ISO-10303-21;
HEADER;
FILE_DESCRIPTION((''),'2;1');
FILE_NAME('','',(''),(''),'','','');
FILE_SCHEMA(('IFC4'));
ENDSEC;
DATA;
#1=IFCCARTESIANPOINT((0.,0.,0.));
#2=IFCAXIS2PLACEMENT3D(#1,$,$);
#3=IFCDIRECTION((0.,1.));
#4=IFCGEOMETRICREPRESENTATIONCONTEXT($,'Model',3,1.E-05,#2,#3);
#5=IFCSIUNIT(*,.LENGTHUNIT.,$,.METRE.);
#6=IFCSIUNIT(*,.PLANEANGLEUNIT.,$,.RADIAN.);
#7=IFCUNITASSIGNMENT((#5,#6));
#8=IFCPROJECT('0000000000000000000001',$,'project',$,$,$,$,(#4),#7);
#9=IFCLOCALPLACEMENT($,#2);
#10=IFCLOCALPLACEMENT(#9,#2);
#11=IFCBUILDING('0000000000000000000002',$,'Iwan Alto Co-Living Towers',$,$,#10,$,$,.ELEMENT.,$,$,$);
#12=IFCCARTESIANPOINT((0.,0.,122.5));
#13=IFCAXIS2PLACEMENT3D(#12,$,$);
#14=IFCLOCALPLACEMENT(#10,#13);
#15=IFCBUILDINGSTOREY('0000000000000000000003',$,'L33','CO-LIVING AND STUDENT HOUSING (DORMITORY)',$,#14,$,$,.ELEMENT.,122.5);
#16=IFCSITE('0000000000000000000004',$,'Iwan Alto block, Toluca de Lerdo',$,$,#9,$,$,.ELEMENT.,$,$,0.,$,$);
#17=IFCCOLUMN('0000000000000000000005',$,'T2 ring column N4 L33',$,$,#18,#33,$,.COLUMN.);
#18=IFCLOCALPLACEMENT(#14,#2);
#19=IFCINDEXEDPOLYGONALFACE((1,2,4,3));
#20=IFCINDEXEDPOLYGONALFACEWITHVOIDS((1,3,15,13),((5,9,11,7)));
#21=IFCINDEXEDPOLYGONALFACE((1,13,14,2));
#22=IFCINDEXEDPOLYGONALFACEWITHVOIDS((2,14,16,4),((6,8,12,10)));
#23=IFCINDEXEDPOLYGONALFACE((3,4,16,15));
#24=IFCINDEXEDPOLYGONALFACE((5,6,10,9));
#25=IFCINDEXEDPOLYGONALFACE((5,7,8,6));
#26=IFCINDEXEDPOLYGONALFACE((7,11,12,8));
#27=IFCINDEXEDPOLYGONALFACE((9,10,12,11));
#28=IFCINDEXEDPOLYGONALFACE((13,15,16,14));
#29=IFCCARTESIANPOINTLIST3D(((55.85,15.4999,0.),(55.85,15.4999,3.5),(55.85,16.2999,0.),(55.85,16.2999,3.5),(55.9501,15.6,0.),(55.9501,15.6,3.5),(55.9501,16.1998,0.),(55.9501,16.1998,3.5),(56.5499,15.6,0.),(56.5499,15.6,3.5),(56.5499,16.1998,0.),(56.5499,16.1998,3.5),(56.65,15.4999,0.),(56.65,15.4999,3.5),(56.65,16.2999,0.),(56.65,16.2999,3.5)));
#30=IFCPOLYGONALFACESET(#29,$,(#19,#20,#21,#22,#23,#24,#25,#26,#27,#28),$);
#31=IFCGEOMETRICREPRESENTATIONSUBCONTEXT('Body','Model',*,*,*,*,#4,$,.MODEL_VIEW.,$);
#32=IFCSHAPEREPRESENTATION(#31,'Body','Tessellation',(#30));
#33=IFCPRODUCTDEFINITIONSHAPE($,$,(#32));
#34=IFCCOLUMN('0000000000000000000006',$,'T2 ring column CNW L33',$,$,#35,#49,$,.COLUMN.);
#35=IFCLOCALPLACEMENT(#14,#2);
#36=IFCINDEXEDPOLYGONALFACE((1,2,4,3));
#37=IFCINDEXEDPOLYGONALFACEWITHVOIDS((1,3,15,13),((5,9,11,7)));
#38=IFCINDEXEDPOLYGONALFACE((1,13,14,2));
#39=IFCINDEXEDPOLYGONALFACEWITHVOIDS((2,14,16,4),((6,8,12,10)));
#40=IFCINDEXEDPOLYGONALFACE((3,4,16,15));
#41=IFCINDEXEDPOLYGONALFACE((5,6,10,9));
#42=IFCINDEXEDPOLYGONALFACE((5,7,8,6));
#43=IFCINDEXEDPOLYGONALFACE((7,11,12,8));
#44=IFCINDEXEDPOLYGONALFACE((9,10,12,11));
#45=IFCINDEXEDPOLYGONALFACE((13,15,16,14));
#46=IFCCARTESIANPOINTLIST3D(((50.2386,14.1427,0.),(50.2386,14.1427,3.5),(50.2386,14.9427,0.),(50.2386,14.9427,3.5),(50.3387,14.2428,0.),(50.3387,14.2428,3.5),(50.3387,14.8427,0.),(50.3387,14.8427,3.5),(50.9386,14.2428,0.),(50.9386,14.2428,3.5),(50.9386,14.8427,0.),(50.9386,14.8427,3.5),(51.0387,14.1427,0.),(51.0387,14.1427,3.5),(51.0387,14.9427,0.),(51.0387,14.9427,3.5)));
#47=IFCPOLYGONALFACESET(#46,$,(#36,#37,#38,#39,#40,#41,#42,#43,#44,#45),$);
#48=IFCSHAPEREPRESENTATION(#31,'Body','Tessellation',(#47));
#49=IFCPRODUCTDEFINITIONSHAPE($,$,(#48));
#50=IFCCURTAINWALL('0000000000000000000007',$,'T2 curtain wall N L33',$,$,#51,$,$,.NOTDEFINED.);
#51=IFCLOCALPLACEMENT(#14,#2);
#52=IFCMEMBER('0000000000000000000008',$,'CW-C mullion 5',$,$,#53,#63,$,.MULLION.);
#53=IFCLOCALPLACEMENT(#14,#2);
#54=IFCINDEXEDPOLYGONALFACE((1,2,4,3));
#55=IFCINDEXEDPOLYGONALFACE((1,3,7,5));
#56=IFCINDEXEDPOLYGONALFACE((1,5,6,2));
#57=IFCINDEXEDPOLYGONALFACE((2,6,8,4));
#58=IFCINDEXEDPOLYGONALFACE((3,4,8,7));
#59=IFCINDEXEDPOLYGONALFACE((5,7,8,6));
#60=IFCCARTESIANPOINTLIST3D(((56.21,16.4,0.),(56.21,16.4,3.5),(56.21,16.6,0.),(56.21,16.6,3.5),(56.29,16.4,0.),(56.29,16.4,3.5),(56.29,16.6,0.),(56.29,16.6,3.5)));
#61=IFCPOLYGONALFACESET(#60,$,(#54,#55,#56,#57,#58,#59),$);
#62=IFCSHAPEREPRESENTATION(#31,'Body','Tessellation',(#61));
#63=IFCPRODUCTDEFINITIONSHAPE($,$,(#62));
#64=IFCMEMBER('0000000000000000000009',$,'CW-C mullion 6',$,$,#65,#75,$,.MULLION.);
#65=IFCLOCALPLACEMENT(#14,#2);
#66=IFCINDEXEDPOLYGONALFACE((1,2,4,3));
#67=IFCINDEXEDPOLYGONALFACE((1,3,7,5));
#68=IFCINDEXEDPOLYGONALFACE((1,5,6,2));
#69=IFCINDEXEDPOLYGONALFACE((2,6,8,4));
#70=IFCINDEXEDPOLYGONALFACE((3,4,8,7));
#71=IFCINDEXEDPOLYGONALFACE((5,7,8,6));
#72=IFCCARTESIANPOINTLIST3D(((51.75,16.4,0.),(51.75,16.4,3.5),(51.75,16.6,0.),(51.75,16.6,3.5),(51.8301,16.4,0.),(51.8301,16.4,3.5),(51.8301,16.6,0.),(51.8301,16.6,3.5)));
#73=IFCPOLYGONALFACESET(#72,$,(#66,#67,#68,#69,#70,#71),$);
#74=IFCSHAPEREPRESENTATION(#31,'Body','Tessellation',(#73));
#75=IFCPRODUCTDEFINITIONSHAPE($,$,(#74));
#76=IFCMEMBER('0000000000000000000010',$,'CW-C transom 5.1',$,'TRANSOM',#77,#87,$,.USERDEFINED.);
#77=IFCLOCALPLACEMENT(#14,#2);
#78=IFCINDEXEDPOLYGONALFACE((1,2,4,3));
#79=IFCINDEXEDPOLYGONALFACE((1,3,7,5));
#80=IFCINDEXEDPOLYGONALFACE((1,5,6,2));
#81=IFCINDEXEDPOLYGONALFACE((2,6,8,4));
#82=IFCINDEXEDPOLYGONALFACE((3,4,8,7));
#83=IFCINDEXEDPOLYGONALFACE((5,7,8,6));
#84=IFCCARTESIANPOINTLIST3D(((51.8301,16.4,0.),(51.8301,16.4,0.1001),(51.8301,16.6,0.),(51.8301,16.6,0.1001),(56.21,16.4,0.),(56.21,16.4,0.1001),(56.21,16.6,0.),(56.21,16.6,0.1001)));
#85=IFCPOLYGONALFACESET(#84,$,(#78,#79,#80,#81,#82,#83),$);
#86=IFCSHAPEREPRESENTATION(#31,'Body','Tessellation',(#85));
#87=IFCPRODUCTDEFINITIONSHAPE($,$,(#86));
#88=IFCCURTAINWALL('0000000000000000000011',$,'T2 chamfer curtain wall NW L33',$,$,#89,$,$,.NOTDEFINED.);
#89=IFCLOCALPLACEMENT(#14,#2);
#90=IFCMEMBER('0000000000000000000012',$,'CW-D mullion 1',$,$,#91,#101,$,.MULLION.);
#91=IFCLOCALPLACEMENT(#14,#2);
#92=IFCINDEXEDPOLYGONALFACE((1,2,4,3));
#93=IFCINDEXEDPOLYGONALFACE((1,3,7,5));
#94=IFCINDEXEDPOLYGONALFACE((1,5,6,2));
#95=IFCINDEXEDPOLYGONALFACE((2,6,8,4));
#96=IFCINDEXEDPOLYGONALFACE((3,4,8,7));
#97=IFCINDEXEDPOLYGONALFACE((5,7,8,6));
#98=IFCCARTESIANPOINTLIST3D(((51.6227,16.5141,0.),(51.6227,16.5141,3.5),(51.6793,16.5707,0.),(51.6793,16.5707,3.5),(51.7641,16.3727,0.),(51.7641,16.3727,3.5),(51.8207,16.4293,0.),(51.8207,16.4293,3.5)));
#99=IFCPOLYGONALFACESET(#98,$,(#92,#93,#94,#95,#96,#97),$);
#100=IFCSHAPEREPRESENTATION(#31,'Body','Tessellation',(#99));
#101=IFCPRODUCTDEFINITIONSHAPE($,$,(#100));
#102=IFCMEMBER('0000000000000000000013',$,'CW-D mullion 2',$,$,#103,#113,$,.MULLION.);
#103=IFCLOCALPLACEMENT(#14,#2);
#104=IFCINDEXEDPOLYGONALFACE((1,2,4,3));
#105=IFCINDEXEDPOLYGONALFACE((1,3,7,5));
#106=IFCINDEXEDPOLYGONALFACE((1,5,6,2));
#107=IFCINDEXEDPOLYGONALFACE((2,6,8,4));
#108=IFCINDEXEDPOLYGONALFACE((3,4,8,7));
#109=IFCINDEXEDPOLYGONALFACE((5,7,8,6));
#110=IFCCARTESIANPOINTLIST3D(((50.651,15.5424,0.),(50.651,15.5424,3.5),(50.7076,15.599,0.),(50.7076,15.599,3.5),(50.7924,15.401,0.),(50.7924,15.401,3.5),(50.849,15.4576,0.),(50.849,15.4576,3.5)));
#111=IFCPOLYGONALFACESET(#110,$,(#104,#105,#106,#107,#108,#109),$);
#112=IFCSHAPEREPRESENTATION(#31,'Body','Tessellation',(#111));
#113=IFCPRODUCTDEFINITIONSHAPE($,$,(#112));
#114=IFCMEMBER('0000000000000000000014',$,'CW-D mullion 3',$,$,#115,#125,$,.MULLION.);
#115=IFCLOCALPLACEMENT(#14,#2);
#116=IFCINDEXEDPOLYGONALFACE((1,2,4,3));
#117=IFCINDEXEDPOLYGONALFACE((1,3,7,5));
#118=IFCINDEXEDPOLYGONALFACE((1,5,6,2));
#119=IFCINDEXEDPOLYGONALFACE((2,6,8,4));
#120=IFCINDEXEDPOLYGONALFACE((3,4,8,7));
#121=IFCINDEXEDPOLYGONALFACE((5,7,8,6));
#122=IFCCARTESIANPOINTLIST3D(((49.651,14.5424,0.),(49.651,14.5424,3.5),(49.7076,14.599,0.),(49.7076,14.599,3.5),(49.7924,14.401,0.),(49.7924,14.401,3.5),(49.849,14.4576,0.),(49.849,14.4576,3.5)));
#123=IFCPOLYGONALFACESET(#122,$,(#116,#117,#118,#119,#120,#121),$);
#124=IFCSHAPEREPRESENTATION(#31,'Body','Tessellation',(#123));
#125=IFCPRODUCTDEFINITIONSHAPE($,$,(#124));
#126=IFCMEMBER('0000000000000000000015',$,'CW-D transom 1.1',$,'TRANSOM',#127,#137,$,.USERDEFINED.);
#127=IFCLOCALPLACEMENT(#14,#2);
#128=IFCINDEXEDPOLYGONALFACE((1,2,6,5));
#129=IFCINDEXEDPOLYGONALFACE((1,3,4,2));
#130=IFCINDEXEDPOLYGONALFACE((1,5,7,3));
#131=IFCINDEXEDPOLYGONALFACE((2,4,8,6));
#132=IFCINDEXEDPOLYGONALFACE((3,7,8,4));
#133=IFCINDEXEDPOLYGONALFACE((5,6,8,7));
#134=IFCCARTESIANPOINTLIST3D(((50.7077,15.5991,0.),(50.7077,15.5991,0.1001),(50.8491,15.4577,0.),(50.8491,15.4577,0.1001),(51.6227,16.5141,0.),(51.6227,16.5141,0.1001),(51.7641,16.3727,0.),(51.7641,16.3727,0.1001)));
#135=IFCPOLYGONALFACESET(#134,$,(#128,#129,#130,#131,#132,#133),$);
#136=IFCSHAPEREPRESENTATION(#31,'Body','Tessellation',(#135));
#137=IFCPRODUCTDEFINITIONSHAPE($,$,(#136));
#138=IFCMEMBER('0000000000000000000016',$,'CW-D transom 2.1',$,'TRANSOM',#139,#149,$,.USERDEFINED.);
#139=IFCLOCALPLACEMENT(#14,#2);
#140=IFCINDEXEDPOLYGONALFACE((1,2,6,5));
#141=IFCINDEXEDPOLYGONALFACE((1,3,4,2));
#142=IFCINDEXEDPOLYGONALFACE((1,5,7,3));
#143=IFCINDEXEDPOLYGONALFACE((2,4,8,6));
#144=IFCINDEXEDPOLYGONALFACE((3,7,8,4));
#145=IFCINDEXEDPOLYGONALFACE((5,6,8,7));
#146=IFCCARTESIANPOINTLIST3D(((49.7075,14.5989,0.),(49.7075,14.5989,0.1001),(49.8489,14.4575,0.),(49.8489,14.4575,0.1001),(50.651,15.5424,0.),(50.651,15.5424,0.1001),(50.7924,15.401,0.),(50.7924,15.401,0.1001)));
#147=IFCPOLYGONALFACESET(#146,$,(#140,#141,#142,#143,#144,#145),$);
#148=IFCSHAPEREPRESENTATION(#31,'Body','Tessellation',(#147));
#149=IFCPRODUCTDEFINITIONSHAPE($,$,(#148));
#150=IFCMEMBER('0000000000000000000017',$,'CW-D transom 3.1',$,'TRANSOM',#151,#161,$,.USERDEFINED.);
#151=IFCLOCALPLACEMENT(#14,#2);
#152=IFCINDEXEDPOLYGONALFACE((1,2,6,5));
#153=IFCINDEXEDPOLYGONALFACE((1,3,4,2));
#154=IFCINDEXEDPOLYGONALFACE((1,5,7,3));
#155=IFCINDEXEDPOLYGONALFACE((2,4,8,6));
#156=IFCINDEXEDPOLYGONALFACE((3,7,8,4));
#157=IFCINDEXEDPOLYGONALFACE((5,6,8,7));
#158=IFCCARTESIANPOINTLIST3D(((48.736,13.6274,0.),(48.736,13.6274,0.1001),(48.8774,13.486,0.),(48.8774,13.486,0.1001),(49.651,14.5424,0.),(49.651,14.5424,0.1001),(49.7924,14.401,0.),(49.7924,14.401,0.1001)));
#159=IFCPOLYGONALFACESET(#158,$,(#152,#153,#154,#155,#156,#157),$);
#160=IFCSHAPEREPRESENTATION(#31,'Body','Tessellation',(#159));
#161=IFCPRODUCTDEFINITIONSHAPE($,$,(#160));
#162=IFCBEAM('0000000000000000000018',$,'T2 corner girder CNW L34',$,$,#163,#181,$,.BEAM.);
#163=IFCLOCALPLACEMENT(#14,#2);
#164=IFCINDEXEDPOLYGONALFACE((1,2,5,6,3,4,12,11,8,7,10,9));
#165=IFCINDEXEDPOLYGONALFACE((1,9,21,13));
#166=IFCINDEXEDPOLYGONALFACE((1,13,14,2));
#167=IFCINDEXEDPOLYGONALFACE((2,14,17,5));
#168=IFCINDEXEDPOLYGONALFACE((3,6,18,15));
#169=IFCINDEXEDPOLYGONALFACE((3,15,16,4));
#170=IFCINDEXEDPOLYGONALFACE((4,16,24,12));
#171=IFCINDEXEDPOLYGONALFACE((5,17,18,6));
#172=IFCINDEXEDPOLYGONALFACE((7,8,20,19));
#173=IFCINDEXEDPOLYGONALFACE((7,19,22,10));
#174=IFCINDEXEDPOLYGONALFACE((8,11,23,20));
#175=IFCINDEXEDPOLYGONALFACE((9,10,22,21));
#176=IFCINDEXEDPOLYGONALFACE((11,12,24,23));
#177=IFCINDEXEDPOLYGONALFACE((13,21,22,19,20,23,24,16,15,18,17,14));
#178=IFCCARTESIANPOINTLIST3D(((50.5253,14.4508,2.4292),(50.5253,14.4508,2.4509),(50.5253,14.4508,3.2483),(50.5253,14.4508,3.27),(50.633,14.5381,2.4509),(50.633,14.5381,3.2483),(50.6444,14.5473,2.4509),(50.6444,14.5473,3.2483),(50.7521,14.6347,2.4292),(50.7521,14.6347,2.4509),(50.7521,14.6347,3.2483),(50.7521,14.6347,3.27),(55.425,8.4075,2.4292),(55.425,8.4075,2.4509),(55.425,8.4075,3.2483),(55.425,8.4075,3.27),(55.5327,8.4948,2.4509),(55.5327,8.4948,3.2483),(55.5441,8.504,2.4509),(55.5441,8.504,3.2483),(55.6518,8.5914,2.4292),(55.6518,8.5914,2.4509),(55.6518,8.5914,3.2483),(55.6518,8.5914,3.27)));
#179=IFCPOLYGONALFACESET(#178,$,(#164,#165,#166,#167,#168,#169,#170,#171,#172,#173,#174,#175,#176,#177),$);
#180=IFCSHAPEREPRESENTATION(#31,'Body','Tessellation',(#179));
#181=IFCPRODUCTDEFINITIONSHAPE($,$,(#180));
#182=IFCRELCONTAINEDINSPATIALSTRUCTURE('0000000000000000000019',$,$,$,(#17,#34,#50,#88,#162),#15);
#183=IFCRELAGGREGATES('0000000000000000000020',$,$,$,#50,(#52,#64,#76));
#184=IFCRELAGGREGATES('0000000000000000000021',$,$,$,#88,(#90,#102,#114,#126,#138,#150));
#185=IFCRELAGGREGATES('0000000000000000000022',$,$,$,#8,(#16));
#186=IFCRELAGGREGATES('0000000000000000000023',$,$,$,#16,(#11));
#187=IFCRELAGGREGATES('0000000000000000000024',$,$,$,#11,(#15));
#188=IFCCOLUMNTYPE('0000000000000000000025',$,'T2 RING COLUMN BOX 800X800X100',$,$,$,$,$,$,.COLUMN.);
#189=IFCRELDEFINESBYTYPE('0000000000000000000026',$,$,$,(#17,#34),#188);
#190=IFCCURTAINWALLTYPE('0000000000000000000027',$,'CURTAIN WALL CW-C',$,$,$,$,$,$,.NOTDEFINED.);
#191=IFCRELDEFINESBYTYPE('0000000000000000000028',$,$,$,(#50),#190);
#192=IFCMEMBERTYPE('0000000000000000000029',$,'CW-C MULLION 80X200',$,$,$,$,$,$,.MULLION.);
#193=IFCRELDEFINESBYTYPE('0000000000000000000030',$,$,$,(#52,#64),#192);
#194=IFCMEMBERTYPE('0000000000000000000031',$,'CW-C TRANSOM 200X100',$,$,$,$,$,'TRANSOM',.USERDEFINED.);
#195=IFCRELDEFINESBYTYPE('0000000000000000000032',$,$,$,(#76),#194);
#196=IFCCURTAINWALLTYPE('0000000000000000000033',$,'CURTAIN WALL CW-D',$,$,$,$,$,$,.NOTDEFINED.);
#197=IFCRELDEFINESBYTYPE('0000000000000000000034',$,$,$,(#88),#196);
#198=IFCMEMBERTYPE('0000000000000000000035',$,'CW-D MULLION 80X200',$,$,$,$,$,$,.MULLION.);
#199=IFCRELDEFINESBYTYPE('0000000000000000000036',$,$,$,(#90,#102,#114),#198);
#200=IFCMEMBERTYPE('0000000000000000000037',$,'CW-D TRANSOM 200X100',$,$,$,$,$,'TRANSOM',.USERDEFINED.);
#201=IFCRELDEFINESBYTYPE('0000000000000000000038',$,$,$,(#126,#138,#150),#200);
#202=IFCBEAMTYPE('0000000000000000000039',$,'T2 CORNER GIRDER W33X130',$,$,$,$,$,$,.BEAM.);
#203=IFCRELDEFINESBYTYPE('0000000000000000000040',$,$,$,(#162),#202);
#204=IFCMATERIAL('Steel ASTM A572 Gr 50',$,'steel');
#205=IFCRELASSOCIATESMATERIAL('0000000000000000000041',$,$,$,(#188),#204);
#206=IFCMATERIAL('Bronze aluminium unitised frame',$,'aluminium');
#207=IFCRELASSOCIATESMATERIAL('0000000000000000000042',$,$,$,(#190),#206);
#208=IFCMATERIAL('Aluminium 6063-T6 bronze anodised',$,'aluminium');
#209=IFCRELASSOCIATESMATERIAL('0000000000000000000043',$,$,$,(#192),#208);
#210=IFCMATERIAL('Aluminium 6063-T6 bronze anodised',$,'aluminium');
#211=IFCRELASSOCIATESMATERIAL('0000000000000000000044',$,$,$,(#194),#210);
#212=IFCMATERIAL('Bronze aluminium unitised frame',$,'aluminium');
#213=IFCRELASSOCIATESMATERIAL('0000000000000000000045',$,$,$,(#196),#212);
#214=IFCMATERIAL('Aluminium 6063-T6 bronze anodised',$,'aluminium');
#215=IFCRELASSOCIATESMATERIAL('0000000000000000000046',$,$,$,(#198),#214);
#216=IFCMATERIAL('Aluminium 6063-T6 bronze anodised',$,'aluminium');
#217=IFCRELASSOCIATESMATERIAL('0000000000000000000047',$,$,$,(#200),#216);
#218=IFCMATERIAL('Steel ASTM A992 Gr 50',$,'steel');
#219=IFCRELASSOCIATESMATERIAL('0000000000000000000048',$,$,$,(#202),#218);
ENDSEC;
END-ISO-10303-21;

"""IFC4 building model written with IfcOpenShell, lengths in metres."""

from ifc_helpers import new_model, si_unit, direction, frame, origin, origin_2d, place, context, subcontext, project, spatial, rectangle, hollow_rectangle, i_section, extrude, material, material_profile, profile_set, type_object, element, aggregate, save


model = new_model("IFC4")

# Units and contexts
model_context = context("Model", 3, precision=1e-05, world=origin(), true_north=direction((0.0, 1.0)))
body_context = subcontext(model_context, "Body", "Model", "MODEL_VIEW")
ifc_project = project(units=[si_unit("LENGTHUNIT", "METRE"), si_unit("PLANEANGLEUNIT", "RADIAN")], contexts=[model_context])

# Site, building, storey
site_placement = place(None, origin())
site = spatial("IfcSite", under=ifc_project, at=site_placement, Name="Iwan Alto block, Toluca de Lerdo", CompositionType="ELEMENT", RefElevation=0.0)
building_placement = place(site_placement, origin())
building = spatial("IfcBuilding", under=site, at=building_placement, Name="Iwan Alto Co-Living Towers", CompositionType="ELEMENT")
storey_placement = place(building_placement, frame((0.0, 0.0, 122.5)))
storey = spatial("IfcBuildingStorey", under=building, at=storey_placement, Name="L33", Description="CO-LIVING AND STUDENT HOUSING (DORMITORY)", CompositionType="ELEMENT", Elevation=122.5)

# Columns
ifc_material_1 = material(Name="Steel ASTM A572 Gr 50", Category="steel")
ifc_material_profile_1 = material_profile(ifc_material_1, hollow_rectangle(XDim=0.8, YDim=0.8, WallThickness=0.1001, at=origin_2d()), Name="BOX 800X800X100")
ifc_profile_set_1 = profile_set([ifc_material_profile_1], Name="Steel ASTM A572 Gr 50")
column_type = type_object("IfcColumnType", Name="T2 RING COLUMN BOX 800X800X100", PredefinedType="COLUMN", material=ifc_profile_set_1)
for number, where, z_axis, x_axis, name in (
    (1, (56.25, 15.8999, 0.0), (0.0, 0.0, 1.0), (1.0, 0.0, 0.0), "T2 ring column N4 L33"),
    (2, (50.6387, 14.5427, 0.0), (0.0, 0.0, 1.0), (1.0, 0.0, 0.0), "T2 ring column CNW L33"),
):
    element("IfcColumn", number, at=place(storey_placement, frame(where, z_axis=z_axis, x_axis=x_axis)), inside=storey, type_object=column_type, Name=name, PredefinedType="COLUMN", context=body_context, shape_type="SweptSolid", body=[
        extrude(hollow_rectangle(XDim=0.8, YDim=0.8, WallThickness=0.1001, at=origin_2d()), origin(), (0.0, 0.0, 1.0), 3.5),
    ])

# Curtain walls, members
ifc_material_2 = material(Name="Bronze aluminium unitised frame", Category="aluminium")
curtain_wall_type_1 = type_object("IfcCurtainWallType", Name="CURTAIN WALL CW-C", PredefinedType="NOTDEFINED", material=ifc_material_2)
curtain_wall_1_placement = place(storey_placement, origin())
curtain_wall_1 = element("IfcCurtainWall", 3, at=curtain_wall_1_placement, inside=storey, type_object=curtain_wall_type_1, Name="T2 curtain wall N L33", PredefinedType="NOTDEFINED")
ifc_material_3 = material(Name="Aluminium 6063-T6 bronze anodised", Category="aluminium")
ifc_material_profile_2 = material_profile(ifc_material_3, rectangle(XDim=0.2, YDim=0.0801, at=origin_2d()), Name="AL 80X200")
ifc_profile_set_2 = profile_set([ifc_material_profile_2], Name="Aluminium 6063-T6 bronze anodised")
member_type_1 = type_object("IfcMemberType", Name="CW-C MULLION 80X200", PredefinedType="MULLION", material=ifc_profile_set_2)
member_1_placement = place(storey_placement, frame((56.25, 16.5, 0.0), z_axis=(0.0, 0.0, 1.0), x_axis=(0.0, -1.0, 0.0)))
member_1 = element("IfcMember", 4, at=member_1_placement, type_object=member_type_1, Name="CW-C mullion 5", PredefinedType="MULLION", context=body_context, shape_type="SweptSolid", body=[
    extrude(rectangle(XDim=0.2, YDim=0.0801, at=origin_2d()), origin(), (0.0, 0.0, 1.0), 3.5),
])
member_2_placement = place(storey_placement, frame((51.79, 16.5, 0.0), z_axis=(0.0, 0.0, 1.0), x_axis=(0.0, -1.0, 0.0)))
member_2 = element("IfcMember", 5, at=member_2_placement, type_object=member_type_1, Name="CW-C mullion 6", PredefinedType="MULLION", context=body_context, shape_type="SweptSolid", body=[
    extrude(rectangle(XDim=0.2, YDim=0.0801, at=origin_2d()), origin(), (0.0, 0.0, 1.0), 3.5),
])
ifc_material_4 = material(Name="Aluminium 6063-T6 bronze anodised", Category="aluminium")
ifc_material_profile_3 = material_profile(ifc_material_4, rectangle(XDim=0.2, YDim=0.1001, at=origin_2d()), Name="AL 200X100")
ifc_profile_set_3 = profile_set([ifc_material_profile_3], Name="Aluminium 6063-T6 bronze anodised")
member_type_2 = type_object("IfcMemberType", Name="CW-C TRANSOM 200X100", ElementType="TRANSOM", PredefinedType="USERDEFINED", material=ifc_profile_set_3)
member_3_placement = place(storey_placement, frame((56.21, 16.5, 0.05), z_axis=(-1.0, 0.0, 0.0), x_axis=(0.0, -1.0, 0.0)))
member_3 = element("IfcMember", 6, at=member_3_placement, type_object=member_type_2, Name="CW-C transom 5.1", ObjectType="TRANSOM", PredefinedType="USERDEFINED", context=body_context, shape_type="SweptSolid", body=[
    extrude(rectangle(XDim=0.2, YDim=0.1001, at=origin_2d()), origin(), (0.0, 0.0, 1.0), 4.3799),
])
ifc_material_5 = material(Name="Bronze aluminium unitised frame", Category="aluminium")
curtain_wall_type_2 = type_object("IfcCurtainWallType", Name="CURTAIN WALL CW-D", PredefinedType="NOTDEFINED", material=ifc_material_5)
curtain_wall_2_placement = place(storey_placement, origin())
curtain_wall_2 = element("IfcCurtainWall", 7, at=curtain_wall_2_placement, inside=storey, type_object=curtain_wall_type_2, Name="T2 chamfer curtain wall NW L33", PredefinedType="NOTDEFINED")
ifc_material_6 = material(Name="Aluminium 6063-T6 bronze anodised", Category="aluminium")
ifc_material_profile_4 = material_profile(ifc_material_6, rectangle(XDim=0.2, YDim=0.0801, at=origin_2d()), Name="AL 80X200")
ifc_profile_set_4 = profile_set([ifc_material_profile_4], Name="Aluminium 6063-T6 bronze anodised")
member_type_3 = type_object("IfcMemberType", Name="CW-D MULLION 80X200", PredefinedType="MULLION", material=ifc_profile_set_4)
member_4_placement = place(storey_placement, frame((51.7217, 16.4717, 0.0), z_axis=(0.0, 0.0, 1.0), x_axis=(0.707107, -0.707107, 0.0)))
member_4 = element("IfcMember", 8, at=member_4_placement, type_object=member_type_3, Name="CW-D mullion 1", PredefinedType="MULLION", context=body_context, shape_type="SweptSolid", body=[
    extrude(rectangle(XDim=0.2, YDim=0.0801, at=origin_2d()), origin(), (0.0, 0.0, 1.0), 3.5),
])
member_5_placement = place(storey_placement, frame((50.75, 15.5, 0.0), z_axis=(0.0, 0.0, 1.0), x_axis=(0.707107, -0.707107, 0.0)))
member_5 = element("IfcMember", 9, at=member_5_placement, type_object=member_type_3, Name="CW-D mullion 2", PredefinedType="MULLION", context=body_context, shape_type="SweptSolid", body=[
    extrude(rectangle(XDim=0.2, YDim=0.0801, at=origin_2d()), origin(), (0.0, 0.0, 1.0), 3.5),
])
member_6_placement = place(storey_placement, frame((49.75, 14.5, 0.0), z_axis=(0.0, 0.0, 1.0), x_axis=(0.707107, -0.707107, 0.0)))
member_6 = element("IfcMember", 10, at=member_6_placement, type_object=member_type_3, Name="CW-D mullion 3", PredefinedType="MULLION", context=body_context, shape_type="SweptSolid", body=[
    extrude(rectangle(XDim=0.2, YDim=0.0801, at=origin_2d()), origin(), (0.0, 0.0, 1.0), 3.5),
])
ifc_material_7 = material(Name="Aluminium 6063-T6 bronze anodised", Category="aluminium")
ifc_material_profile_5 = material_profile(ifc_material_7, rectangle(XDim=0.2, YDim=0.1001, at=origin_2d()), Name="AL 200X100")
ifc_profile_set_5 = profile_set([ifc_material_profile_5], Name="Aluminium 6063-T6 bronze anodised")
member_type_4 = type_object("IfcMemberType", Name="CW-D TRANSOM 200X100", ElementType="TRANSOM", PredefinedType="USERDEFINED", material=ifc_profile_set_5)
member_7_placement = place(storey_placement, frame((51.6934, 16.4434, 0.05), z_axis=(-0.707107, -0.707107, 0.0), x_axis=(0.707107, -0.707107, 0.0)))
member_7 = element("IfcMember", 11, at=member_7_placement, type_object=member_type_4, Name="CW-D transom 1.1", ObjectType="TRANSOM", PredefinedType="USERDEFINED", context=body_context, shape_type="SweptSolid", body=[
    extrude(rectangle(XDim=0.2, YDim=0.1001, at=origin_2d()), origin(), (0.0, 0.0, 1.0), 1.2939),
])
member_8_placement = place(storey_placement, frame((50.7217, 15.4717, 0.05), z_axis=(-0.707107, -0.707107, 0.0), x_axis=(0.707107, -0.707107, 0.0)))
member_8 = element("IfcMember", 12, at=member_8_placement, type_object=member_type_4, Name="CW-D transom 2.1", ObjectType="TRANSOM", PredefinedType="USERDEFINED", context=body_context, shape_type="SweptSolid", body=[
    extrude(rectangle(XDim=0.2, YDim=0.1001, at=origin_2d()), origin(), (0.0, 0.0, 1.0), 1.3342),
])
member_9_placement = place(storey_placement, frame((49.7217, 14.4717, 0.05), z_axis=(-0.707107, -0.707107, 0.0), x_axis=(0.707107, -0.707107, 0.0)))
member_9 = element("IfcMember", 13, at=member_9_placement, type_object=member_type_4, Name="CW-D transom 3.1", ObjectType="TRANSOM", PredefinedType="USERDEFINED", context=body_context, shape_type="SweptSolid", body=[
    extrude(rectangle(XDim=0.2, YDim=0.1001, at=origin_2d()), origin(), (0.0, 0.0, 1.0), 1.2939),
])

# Beam
ifc_material_8 = material(Name="Steel ASTM A992 Gr 50", Category="steel")
ifc_material_profile_6 = material_profile(ifc_material_8, i_section(OverallWidth=0.292, OverallDepth=0.8408, WebThickness=0.0146, FlangeThickness=0.0217, at=origin_2d()), Name="W33X130")
ifc_profile_set_6 = profile_set([ifc_material_profile_6], Name="Steel ASTM A992 Gr 50")
beam_type_1 = type_object("IfcBeamType", Name="T2 CORNER GIRDER W33X130", PredefinedType="BEAM", material=ifc_profile_set_6)
beam_1_placement = place(storey_placement, frame((50.6387, 14.5427, 2.8496), z_axis=(0.629783, -0.776771, 0.0), x_axis=(0.776771, 0.629783, 0.0)))
element("IfcBeam", 14, at=beam_1_placement, inside=storey, type_object=beam_type_1, Name="T2 corner girder CNW L34", PredefinedType="BEAM", context=body_context, shape_type="SweptSolid", body=[
    extrude(i_section(OverallWidth=0.292, OverallDepth=0.8408, WebThickness=0.0146, FlangeThickness=0.0217, at=origin_2d()), origin(), (0.0, 0.0, 1.0), 7.78),
])

aggregate(curtain_wall_1, [member_1, member_2, member_3])
aggregate(curtain_wall_2, [member_4, member_5, member_6, member_7, member_8, member_9])

save(model, "model.ifc")
